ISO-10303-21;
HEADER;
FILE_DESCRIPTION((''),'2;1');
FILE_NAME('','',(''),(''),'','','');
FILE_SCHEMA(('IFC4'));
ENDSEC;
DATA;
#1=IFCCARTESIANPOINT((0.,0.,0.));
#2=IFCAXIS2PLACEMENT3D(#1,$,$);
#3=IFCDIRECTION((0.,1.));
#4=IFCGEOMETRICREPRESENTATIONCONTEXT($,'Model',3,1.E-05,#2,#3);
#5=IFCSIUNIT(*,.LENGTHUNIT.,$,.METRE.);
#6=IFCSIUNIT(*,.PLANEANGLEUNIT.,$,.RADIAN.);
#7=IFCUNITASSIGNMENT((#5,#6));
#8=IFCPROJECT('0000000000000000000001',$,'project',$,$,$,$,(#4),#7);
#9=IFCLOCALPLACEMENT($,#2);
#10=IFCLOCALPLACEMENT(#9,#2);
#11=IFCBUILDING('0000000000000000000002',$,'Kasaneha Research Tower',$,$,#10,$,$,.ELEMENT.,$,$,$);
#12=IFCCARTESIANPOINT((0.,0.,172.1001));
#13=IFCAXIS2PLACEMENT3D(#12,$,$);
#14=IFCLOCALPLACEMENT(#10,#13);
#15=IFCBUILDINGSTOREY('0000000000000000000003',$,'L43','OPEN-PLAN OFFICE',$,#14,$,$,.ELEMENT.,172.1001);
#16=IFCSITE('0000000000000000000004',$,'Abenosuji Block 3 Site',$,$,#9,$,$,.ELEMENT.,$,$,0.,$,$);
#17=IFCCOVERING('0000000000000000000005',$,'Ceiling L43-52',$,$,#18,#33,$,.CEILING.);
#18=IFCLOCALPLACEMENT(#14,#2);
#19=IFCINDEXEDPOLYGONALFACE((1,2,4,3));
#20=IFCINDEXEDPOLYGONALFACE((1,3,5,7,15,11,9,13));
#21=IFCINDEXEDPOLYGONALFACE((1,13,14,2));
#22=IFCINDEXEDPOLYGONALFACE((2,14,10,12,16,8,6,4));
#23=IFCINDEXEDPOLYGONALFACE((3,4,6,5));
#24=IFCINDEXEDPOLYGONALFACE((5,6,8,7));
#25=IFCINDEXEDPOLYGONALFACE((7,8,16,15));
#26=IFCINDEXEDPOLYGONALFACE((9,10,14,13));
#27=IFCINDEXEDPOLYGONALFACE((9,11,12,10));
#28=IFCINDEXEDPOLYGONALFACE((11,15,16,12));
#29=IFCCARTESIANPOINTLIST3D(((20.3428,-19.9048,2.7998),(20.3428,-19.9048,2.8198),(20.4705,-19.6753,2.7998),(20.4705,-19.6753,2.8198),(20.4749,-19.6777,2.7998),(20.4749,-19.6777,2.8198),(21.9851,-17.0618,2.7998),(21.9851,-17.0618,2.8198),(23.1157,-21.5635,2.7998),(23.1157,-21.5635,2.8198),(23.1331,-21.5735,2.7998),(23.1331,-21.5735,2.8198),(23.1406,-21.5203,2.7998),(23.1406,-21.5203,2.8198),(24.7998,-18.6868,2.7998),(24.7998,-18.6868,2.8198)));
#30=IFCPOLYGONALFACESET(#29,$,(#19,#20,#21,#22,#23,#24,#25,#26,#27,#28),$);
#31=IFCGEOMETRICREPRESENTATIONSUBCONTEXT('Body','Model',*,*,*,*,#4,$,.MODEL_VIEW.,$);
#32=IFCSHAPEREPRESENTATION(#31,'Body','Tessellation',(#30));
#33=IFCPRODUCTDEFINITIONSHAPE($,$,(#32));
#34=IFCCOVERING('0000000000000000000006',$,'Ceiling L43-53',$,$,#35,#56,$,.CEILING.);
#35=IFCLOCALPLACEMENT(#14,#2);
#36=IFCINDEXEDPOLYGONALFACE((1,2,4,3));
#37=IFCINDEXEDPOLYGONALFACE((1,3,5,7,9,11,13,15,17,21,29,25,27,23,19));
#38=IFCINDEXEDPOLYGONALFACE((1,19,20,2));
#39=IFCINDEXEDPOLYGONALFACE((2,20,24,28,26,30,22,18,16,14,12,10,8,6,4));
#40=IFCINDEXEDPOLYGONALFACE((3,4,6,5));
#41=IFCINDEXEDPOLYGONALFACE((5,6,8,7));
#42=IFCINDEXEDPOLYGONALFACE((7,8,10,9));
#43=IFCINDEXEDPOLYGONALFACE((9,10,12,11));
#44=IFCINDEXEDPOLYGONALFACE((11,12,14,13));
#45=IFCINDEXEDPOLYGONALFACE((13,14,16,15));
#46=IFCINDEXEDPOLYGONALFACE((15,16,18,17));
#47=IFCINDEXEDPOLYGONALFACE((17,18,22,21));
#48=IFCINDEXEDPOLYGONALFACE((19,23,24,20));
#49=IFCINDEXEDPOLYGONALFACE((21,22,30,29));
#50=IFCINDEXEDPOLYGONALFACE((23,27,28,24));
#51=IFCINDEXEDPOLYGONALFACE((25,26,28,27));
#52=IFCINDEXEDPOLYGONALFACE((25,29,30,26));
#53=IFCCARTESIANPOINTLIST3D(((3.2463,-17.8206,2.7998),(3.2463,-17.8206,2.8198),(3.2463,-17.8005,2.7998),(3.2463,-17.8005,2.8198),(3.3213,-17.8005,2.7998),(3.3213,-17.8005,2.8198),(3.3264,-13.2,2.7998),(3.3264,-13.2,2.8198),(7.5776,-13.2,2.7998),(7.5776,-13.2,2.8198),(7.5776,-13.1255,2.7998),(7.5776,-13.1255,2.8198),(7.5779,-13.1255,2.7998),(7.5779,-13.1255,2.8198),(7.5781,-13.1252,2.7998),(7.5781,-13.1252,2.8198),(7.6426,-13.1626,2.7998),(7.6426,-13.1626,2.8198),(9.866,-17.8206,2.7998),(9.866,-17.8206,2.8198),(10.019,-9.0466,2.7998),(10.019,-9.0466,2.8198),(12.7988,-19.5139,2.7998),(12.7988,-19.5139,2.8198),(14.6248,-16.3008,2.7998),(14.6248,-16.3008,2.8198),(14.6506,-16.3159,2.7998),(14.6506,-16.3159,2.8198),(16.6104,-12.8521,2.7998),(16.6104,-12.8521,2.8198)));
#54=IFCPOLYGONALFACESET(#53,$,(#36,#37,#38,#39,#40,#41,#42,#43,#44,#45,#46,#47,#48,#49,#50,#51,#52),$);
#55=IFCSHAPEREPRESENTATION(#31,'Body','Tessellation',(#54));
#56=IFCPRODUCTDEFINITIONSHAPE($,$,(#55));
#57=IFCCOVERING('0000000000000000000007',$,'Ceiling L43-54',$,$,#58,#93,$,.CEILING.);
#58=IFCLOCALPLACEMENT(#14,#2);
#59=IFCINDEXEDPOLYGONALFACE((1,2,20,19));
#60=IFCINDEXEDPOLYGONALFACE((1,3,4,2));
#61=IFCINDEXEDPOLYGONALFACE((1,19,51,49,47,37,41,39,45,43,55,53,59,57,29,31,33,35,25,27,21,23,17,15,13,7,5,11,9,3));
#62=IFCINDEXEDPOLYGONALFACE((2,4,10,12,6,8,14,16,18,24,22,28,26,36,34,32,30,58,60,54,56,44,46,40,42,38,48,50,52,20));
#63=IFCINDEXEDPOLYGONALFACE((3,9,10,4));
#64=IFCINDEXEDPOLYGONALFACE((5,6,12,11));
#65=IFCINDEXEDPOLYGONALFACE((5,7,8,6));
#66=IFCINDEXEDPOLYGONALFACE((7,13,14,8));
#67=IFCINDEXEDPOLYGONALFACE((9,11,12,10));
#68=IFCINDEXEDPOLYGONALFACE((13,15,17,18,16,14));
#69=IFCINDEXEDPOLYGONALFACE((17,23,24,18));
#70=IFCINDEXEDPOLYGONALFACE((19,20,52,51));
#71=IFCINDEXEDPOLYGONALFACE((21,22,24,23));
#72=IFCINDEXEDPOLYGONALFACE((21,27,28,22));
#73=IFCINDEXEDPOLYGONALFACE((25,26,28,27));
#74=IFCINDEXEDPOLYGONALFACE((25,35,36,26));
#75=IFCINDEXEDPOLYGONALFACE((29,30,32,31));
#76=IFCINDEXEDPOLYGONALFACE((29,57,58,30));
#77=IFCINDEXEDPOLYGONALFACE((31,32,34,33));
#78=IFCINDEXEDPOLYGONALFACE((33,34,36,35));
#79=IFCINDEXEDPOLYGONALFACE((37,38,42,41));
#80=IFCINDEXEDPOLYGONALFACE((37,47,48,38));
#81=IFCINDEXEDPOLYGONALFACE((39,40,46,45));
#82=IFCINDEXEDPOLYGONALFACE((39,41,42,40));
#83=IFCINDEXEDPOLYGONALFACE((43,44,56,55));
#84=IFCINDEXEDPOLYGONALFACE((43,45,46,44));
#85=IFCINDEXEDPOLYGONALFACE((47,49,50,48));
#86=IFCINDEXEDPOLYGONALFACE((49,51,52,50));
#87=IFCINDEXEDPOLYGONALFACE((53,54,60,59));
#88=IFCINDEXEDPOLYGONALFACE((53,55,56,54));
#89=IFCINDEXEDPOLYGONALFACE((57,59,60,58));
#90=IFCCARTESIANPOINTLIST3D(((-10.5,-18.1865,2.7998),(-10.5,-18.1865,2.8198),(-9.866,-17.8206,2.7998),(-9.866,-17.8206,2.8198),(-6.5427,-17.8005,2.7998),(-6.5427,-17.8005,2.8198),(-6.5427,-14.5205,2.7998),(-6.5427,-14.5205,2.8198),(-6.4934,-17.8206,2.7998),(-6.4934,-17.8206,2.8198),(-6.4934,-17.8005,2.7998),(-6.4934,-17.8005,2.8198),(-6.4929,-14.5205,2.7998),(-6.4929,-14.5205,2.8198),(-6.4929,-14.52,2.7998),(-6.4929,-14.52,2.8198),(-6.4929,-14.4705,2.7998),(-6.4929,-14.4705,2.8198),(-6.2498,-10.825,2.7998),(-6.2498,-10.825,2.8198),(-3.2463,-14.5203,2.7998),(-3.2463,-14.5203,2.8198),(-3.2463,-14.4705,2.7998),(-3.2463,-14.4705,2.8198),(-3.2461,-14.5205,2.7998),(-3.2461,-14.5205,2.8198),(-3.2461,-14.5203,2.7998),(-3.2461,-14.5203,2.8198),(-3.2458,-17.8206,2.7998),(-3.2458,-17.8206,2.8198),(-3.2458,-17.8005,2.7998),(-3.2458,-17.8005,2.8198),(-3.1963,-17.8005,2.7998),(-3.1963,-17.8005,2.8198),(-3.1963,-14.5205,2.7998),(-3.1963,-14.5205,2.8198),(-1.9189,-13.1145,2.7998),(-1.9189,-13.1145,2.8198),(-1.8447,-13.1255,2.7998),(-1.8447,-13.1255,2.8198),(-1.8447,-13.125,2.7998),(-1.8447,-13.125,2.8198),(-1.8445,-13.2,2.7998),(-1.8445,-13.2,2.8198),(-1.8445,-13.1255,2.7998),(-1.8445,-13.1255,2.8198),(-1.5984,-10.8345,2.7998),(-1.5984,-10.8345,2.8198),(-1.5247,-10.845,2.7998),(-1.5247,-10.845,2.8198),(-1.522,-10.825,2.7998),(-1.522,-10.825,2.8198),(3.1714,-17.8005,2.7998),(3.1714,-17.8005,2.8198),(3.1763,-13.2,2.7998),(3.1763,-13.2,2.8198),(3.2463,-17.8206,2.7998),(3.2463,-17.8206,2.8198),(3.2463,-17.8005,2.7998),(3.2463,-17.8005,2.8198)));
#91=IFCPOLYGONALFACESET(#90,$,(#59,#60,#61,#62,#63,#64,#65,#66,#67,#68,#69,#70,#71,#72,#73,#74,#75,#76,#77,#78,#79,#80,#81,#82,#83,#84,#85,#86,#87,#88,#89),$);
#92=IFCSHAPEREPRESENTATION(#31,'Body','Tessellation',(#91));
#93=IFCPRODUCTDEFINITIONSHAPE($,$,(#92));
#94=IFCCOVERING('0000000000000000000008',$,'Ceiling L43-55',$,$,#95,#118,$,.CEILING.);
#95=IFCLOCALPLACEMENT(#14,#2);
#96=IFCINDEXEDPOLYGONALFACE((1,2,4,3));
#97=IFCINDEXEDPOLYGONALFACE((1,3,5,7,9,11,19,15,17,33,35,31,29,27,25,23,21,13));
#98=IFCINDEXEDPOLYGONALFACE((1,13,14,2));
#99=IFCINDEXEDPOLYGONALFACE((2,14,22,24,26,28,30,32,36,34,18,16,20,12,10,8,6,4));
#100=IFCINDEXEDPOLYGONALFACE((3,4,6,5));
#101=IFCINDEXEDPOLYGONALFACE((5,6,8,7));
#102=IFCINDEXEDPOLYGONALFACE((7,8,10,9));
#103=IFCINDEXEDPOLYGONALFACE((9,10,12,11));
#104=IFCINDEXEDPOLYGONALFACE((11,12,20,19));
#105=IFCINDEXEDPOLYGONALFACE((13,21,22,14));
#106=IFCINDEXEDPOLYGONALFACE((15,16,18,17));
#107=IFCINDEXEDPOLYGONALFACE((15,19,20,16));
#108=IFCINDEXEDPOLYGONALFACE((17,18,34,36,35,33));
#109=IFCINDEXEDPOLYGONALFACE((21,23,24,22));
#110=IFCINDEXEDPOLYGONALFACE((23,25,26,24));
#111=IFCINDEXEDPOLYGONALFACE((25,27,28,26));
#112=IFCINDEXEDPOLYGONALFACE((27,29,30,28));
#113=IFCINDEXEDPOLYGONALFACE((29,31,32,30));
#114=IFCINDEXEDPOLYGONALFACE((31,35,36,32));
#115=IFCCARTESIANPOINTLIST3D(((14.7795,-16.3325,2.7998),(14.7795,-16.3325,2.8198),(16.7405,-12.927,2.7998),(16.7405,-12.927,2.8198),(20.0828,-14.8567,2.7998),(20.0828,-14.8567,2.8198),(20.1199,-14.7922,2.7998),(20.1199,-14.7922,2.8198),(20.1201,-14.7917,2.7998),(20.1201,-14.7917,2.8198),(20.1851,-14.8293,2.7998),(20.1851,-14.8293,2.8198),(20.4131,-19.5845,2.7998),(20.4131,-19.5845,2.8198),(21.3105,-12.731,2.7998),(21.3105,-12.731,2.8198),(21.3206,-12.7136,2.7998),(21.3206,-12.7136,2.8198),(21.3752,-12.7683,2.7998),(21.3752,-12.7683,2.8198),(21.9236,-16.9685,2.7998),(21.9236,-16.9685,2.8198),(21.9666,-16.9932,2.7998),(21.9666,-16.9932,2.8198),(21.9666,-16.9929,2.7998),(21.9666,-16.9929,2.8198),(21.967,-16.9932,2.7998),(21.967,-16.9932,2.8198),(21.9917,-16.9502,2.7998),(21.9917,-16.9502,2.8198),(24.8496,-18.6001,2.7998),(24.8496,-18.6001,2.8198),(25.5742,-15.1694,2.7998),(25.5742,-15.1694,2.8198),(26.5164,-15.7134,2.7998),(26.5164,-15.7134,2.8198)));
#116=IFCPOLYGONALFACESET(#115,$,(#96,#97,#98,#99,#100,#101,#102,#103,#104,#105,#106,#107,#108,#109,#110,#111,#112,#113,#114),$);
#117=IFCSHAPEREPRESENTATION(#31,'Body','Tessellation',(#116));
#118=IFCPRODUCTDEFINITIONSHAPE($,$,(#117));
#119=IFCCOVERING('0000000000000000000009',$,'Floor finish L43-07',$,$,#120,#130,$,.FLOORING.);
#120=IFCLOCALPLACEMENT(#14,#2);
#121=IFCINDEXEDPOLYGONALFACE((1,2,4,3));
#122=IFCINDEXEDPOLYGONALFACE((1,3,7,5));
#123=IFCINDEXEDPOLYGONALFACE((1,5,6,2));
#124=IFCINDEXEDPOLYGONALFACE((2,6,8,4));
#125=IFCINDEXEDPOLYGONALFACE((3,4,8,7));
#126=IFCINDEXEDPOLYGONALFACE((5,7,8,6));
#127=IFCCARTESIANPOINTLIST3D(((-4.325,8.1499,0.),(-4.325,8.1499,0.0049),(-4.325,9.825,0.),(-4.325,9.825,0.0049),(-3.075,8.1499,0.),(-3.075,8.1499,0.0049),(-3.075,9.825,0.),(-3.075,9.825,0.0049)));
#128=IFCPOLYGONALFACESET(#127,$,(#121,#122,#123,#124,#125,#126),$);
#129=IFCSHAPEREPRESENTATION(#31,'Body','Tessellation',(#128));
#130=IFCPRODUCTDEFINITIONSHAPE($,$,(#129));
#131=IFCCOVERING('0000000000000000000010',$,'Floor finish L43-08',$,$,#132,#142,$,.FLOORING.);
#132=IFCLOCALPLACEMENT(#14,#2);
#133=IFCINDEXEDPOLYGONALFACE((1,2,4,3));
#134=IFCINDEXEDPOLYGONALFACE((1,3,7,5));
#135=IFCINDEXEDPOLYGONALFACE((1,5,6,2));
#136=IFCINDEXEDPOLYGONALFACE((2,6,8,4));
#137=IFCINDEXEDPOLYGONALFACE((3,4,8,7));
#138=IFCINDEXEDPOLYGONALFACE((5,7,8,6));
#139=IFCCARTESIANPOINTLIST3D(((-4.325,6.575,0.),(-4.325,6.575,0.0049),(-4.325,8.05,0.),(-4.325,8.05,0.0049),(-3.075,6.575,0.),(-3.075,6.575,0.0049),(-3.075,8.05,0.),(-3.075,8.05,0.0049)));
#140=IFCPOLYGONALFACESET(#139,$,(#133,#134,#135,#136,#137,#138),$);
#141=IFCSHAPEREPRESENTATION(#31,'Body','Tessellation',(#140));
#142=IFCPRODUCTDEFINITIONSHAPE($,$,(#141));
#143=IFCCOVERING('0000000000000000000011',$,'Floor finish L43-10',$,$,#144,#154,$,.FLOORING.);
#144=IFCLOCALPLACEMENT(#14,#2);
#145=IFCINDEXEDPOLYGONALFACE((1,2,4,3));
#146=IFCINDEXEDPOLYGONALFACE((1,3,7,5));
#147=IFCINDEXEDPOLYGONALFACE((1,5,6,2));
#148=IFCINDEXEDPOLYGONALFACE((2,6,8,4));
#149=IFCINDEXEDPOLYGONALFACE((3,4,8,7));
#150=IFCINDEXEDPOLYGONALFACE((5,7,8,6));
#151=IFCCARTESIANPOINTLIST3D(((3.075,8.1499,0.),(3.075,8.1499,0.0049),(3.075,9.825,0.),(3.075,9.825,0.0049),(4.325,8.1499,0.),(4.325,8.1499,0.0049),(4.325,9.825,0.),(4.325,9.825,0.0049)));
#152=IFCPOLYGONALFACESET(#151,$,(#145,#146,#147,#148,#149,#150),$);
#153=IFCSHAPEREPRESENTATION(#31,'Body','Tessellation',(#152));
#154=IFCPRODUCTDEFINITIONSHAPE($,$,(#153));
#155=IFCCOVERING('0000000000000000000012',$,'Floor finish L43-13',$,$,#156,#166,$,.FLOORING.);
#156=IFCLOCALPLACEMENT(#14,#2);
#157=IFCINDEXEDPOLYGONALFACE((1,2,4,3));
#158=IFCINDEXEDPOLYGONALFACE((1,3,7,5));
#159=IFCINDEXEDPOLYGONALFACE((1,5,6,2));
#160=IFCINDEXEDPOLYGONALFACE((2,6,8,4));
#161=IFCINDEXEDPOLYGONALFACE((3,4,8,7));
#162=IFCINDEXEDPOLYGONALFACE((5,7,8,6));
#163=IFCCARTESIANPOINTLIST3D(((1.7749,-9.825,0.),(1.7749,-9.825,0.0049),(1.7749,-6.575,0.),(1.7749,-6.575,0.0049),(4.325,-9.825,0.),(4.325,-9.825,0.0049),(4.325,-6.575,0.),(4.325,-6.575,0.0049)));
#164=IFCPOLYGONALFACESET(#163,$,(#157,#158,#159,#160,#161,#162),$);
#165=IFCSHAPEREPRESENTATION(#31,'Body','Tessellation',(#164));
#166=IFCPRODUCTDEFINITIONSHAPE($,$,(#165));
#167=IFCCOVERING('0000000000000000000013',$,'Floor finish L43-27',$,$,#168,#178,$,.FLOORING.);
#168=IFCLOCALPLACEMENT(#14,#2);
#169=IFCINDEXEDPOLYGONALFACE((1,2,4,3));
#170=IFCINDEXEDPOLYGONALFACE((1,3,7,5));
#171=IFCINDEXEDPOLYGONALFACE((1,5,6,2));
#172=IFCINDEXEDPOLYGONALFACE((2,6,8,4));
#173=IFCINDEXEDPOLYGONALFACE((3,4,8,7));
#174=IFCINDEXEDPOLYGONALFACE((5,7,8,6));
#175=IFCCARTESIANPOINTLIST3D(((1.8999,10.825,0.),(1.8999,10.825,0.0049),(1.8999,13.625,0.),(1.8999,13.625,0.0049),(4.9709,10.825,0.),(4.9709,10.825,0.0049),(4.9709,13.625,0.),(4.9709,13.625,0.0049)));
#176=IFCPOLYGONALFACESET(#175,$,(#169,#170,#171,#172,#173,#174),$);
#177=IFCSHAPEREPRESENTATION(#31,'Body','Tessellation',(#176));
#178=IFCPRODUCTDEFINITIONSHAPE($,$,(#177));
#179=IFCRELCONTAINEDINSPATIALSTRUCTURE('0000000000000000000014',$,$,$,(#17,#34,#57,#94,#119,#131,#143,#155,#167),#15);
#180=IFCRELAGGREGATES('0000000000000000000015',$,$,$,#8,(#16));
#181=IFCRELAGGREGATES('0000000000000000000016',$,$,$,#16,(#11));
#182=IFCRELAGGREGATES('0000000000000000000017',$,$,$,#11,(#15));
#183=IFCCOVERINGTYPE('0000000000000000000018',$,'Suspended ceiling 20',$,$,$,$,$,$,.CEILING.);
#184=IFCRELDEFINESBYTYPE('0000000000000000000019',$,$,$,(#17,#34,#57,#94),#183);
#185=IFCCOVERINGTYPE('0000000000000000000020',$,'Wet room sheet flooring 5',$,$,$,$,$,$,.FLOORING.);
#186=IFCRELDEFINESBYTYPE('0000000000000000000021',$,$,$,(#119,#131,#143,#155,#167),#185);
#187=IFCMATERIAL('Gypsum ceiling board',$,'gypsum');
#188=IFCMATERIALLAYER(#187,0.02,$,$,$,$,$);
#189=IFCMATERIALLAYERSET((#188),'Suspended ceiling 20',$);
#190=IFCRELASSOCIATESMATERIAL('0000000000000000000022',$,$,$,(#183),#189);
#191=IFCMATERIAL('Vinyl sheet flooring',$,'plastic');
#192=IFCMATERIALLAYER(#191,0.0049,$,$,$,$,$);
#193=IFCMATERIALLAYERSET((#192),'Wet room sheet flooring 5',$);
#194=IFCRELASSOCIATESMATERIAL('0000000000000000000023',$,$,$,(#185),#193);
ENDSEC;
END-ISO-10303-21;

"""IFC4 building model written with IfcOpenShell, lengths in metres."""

from ifc_helpers import new_model, si_unit, direction, frame, origin, place, context, subcontext, project, spatial, polyline, outline, extrude, material, layer, layer_set, type_object, element, save


model = new_model("IFC4")

# Units and contexts
model_context = context("Model", 3, precision=1e-05, world=origin(), true_north=direction((0.0, 1.0)))
body_context = subcontext(model_context, "Body", "Model", "MODEL_VIEW")
ifc_project = project(units=[si_unit("LENGTHUNIT", "METRE"), si_unit("PLANEANGLEUNIT", "RADIAN")], contexts=[model_context])

# Site, building, storey
site_placement = place(None, origin())
site = spatial("IfcSite", under=ifc_project, at=site_placement, Name="Abenosuji Block 3 Site", CompositionType="ELEMENT", RefElevation=0.0)
building_placement = place(site_placement, origin())
building = spatial("IfcBuilding", under=site, at=building_placement, Name="Kasaneha Research Tower", CompositionType="ELEMENT")
storey_placement = place(building_placement, frame((0.0, 0.0, 172.1001)))
storey = spatial("IfcBuildingStorey", under=building, at=storey_placement, Name="L43", Description="OPEN-PLAN OFFICE", CompositionType="ELEMENT", Elevation=172.1001)

# Coverings
ifc_material_1 = material(Name="Gypsum ceiling board", Category="gypsum")
ifc_layer_1 = layer(ifc_material_1, 0.02)
ifc_layer_set_1 = layer_set([ifc_layer_1], Name="Suspended ceiling 20")
covering_type_1 = type_object("IfcCoveringType", Name="Suspended ceiling 20", PredefinedType="CEILING", material=ifc_layer_set_1)
covering_1_placement = place(storey_placement, frame((0.0, 0.0, 2.7998)))
element("IfcCovering", 1, at=covering_1_placement, inside=storey, type_object=covering_type_1, Name="Ceiling L43-52", PredefinedType="CEILING", context=body_context, shape_type="SweptSolid", body=[
    extrude(outline(polyline([(23.1331, -21.5735), (23.1157, -21.5635), (23.1406, -21.5203), (20.3428, -19.9048), (20.4705, -19.6753), (20.4749, -19.6777), (21.9851, -17.0618), (24.7998, -18.6868), (23.1331, -21.5735)])), origin(), (0.0, 0.0, 1.0), 0.02),
])
covering_2_placement = place(storey_placement, frame((0.0, 0.0, 2.7998)))
element("IfcCovering", 2, at=covering_2_placement, inside=storey, type_object=covering_type_1, Name="Ceiling L43-53", PredefinedType="CEILING", context=body_context, shape_type="SweptSolid", body=[
    extrude(outline(polyline([(7.5781, -13.1252), (7.6426, -13.1626), (10.019, -9.0466), (16.6104, -12.8521), (14.6248, -16.3008), (14.6506, -16.3159), (12.7988, -19.5139), (9.866, -17.8206), (3.2463, -17.8206), (3.2463, -17.8005), (3.3213, -17.8005), (3.3264, -13.2), (7.5776, -13.2), (7.5776, -13.1255), (7.5779, -13.1255), (7.5781, -13.1252)])), origin(), (0.0, 0.0, 1.0), 0.02),
])
covering_3_placement = place(storey_placement, frame((0.0, 0.0, 2.7998)))
element("IfcCovering", 3, at=covering_3_placement, inside=storey, type_object=covering_type_1, Name="Ceiling L43-54", PredefinedType="CEILING", context=body_context, shape_type="SweptSolid", body=[
    extrude(outline(polyline([(-3.2463, -14.5203), (-3.2463, -14.4705), (-6.4929, -14.4705), (-6.4929, -14.52), (-6.4929, -14.52), (-6.4929, -14.5205), (-6.5427, -14.5205), (-6.5427, -17.8005), (-6.4934, -17.8005), (-6.4934, -17.8206), (-9.866, -17.8206), (-10.5, -18.1865), (-6.2498, -10.825), (-1.522, -10.825), (-1.5247, -10.845), (-1.5984, -10.8345), (-1.9189, -13.1145), (-1.8447, -13.125), (-1.8447, -13.1255), (-1.8445, -13.1255), (-1.8445, -13.2), (3.1763, -13.2), (3.1714, -17.8005), (3.2463, -17.8005), (3.2463, -17.8206), (-3.2458, -17.8206), (-3.2458, -17.8005), (-3.1963, -17.8005), (-3.1963, -14.5205), (-3.2461, -14.5205), (-3.2461, -14.5203), (-3.2463, -14.5203)])), origin(), (0.0, 0.0, 1.0), 0.02),
])
covering_4_placement = place(storey_placement, frame((0.0, 0.0, 2.7998)))
element("IfcCovering", 4, at=covering_4_placement, inside=storey, type_object=covering_type_1, Name="Ceiling L43-55", PredefinedType="CEILING", context=body_context, shape_type="SweptSolid", body=[
    extrude(outline(polyline([(25.5742, -15.1694), (26.5164, -15.7134), (24.8496, -18.6001), (21.9917, -16.9502), (21.967, -16.9932), (21.9666, -16.9929), (21.9666, -16.9932), (21.9236, -16.9685), (20.4131, -19.5845), (14.7795, -16.3325), (16.7405, -12.927), (20.0828, -14.8567), (20.1199, -14.7922), (20.1199, -14.7922), (20.1201, -14.7917), (20.1851, -14.8293), (21.3752, -12.7683), (21.3105, -12.731), (21.3206, -12.7136), (25.5742, -15.1694)])), origin(), (0.0, 0.0, 1.0), 0.02),
])
ifc_material_2 = material(Name="Vinyl sheet flooring", Category="plastic")
ifc_layer_2 = layer(ifc_material_2, 0.0049)
ifc_layer_set_2 = layer_set([ifc_layer_2], Name="Wet room sheet flooring 5")
covering_type_2 = type_object("IfcCoveringType", Name="Wet room sheet flooring 5", PredefinedType="FLOORING", material=ifc_layer_set_2)
covering_5_placement = place(storey_placement, origin())
element("IfcCovering", 5, at=covering_5_placement, inside=storey, type_object=covering_type_2, Name="Floor finish L43-07", PredefinedType="FLOORING", context=body_context, shape_type="SweptSolid", body=[
    extrude(outline(polyline([(-4.325, 8.1499), (-4.325, 9.825), (-3.075, 9.825), (-3.075, 8.1499), (-4.325, 8.1499)])), origin(), (0.0, 0.0, 1.0), 0.0049),
])
covering_6_placement = place(storey_placement, origin())
element("IfcCovering", 6, at=covering_6_placement, inside=storey, type_object=covering_type_2, Name="Floor finish L43-08", PredefinedType="FLOORING", context=body_context, shape_type="SweptSolid", body=[
    extrude(outline(polyline([(-4.325, 6.575), (-4.325, 8.05), (-3.075, 8.05), (-3.075, 6.575), (-4.325, 6.575)])), origin(), (0.0, 0.0, 1.0), 0.0049),
])
covering_7_placement = place(storey_placement, origin())
element("IfcCovering", 7, at=covering_7_placement, inside=storey, type_object=covering_type_2, Name="Floor finish L43-10", PredefinedType="FLOORING", context=body_context, shape_type="SweptSolid", body=[
    extrude(outline(polyline([(4.325, 8.1499), (3.075, 8.1499), (3.075, 9.825), (4.325, 9.825), (4.325, 8.1499)])), origin(), (0.0, 0.0, 1.0), 0.0049),
])
covering_8_placement = place(storey_placement, origin())
element("IfcCovering", 8, at=covering_8_placement, inside=storey, type_object=covering_type_2, Name="Floor finish L43-13", PredefinedType="FLOORING", context=body_context, shape_type="SweptSolid", body=[
    extrude(outline(polyline([(1.7749, -9.825), (1.7749, -6.575), (4.325, -6.575), (4.325, -9.825), (1.7749, -9.825)])), origin(), (0.0, 0.0, 1.0), 0.0049),
])
covering_9_placement = place(storey_placement, origin())
element("IfcCovering", 9, at=covering_9_placement, inside=storey, type_object=covering_type_2, Name="Floor finish L43-27", PredefinedType="FLOORING", context=body_context, shape_type="SweptSolid", body=[
    extrude(outline(polyline([(4.9709, 13.625), (4.9709, 10.825), (1.8999, 10.825), (1.8999, 13.625), (4.9709, 13.625)])), origin(), (0.0, 0.0, 1.0), 0.0049),
])

save(model, "model.ifc")
